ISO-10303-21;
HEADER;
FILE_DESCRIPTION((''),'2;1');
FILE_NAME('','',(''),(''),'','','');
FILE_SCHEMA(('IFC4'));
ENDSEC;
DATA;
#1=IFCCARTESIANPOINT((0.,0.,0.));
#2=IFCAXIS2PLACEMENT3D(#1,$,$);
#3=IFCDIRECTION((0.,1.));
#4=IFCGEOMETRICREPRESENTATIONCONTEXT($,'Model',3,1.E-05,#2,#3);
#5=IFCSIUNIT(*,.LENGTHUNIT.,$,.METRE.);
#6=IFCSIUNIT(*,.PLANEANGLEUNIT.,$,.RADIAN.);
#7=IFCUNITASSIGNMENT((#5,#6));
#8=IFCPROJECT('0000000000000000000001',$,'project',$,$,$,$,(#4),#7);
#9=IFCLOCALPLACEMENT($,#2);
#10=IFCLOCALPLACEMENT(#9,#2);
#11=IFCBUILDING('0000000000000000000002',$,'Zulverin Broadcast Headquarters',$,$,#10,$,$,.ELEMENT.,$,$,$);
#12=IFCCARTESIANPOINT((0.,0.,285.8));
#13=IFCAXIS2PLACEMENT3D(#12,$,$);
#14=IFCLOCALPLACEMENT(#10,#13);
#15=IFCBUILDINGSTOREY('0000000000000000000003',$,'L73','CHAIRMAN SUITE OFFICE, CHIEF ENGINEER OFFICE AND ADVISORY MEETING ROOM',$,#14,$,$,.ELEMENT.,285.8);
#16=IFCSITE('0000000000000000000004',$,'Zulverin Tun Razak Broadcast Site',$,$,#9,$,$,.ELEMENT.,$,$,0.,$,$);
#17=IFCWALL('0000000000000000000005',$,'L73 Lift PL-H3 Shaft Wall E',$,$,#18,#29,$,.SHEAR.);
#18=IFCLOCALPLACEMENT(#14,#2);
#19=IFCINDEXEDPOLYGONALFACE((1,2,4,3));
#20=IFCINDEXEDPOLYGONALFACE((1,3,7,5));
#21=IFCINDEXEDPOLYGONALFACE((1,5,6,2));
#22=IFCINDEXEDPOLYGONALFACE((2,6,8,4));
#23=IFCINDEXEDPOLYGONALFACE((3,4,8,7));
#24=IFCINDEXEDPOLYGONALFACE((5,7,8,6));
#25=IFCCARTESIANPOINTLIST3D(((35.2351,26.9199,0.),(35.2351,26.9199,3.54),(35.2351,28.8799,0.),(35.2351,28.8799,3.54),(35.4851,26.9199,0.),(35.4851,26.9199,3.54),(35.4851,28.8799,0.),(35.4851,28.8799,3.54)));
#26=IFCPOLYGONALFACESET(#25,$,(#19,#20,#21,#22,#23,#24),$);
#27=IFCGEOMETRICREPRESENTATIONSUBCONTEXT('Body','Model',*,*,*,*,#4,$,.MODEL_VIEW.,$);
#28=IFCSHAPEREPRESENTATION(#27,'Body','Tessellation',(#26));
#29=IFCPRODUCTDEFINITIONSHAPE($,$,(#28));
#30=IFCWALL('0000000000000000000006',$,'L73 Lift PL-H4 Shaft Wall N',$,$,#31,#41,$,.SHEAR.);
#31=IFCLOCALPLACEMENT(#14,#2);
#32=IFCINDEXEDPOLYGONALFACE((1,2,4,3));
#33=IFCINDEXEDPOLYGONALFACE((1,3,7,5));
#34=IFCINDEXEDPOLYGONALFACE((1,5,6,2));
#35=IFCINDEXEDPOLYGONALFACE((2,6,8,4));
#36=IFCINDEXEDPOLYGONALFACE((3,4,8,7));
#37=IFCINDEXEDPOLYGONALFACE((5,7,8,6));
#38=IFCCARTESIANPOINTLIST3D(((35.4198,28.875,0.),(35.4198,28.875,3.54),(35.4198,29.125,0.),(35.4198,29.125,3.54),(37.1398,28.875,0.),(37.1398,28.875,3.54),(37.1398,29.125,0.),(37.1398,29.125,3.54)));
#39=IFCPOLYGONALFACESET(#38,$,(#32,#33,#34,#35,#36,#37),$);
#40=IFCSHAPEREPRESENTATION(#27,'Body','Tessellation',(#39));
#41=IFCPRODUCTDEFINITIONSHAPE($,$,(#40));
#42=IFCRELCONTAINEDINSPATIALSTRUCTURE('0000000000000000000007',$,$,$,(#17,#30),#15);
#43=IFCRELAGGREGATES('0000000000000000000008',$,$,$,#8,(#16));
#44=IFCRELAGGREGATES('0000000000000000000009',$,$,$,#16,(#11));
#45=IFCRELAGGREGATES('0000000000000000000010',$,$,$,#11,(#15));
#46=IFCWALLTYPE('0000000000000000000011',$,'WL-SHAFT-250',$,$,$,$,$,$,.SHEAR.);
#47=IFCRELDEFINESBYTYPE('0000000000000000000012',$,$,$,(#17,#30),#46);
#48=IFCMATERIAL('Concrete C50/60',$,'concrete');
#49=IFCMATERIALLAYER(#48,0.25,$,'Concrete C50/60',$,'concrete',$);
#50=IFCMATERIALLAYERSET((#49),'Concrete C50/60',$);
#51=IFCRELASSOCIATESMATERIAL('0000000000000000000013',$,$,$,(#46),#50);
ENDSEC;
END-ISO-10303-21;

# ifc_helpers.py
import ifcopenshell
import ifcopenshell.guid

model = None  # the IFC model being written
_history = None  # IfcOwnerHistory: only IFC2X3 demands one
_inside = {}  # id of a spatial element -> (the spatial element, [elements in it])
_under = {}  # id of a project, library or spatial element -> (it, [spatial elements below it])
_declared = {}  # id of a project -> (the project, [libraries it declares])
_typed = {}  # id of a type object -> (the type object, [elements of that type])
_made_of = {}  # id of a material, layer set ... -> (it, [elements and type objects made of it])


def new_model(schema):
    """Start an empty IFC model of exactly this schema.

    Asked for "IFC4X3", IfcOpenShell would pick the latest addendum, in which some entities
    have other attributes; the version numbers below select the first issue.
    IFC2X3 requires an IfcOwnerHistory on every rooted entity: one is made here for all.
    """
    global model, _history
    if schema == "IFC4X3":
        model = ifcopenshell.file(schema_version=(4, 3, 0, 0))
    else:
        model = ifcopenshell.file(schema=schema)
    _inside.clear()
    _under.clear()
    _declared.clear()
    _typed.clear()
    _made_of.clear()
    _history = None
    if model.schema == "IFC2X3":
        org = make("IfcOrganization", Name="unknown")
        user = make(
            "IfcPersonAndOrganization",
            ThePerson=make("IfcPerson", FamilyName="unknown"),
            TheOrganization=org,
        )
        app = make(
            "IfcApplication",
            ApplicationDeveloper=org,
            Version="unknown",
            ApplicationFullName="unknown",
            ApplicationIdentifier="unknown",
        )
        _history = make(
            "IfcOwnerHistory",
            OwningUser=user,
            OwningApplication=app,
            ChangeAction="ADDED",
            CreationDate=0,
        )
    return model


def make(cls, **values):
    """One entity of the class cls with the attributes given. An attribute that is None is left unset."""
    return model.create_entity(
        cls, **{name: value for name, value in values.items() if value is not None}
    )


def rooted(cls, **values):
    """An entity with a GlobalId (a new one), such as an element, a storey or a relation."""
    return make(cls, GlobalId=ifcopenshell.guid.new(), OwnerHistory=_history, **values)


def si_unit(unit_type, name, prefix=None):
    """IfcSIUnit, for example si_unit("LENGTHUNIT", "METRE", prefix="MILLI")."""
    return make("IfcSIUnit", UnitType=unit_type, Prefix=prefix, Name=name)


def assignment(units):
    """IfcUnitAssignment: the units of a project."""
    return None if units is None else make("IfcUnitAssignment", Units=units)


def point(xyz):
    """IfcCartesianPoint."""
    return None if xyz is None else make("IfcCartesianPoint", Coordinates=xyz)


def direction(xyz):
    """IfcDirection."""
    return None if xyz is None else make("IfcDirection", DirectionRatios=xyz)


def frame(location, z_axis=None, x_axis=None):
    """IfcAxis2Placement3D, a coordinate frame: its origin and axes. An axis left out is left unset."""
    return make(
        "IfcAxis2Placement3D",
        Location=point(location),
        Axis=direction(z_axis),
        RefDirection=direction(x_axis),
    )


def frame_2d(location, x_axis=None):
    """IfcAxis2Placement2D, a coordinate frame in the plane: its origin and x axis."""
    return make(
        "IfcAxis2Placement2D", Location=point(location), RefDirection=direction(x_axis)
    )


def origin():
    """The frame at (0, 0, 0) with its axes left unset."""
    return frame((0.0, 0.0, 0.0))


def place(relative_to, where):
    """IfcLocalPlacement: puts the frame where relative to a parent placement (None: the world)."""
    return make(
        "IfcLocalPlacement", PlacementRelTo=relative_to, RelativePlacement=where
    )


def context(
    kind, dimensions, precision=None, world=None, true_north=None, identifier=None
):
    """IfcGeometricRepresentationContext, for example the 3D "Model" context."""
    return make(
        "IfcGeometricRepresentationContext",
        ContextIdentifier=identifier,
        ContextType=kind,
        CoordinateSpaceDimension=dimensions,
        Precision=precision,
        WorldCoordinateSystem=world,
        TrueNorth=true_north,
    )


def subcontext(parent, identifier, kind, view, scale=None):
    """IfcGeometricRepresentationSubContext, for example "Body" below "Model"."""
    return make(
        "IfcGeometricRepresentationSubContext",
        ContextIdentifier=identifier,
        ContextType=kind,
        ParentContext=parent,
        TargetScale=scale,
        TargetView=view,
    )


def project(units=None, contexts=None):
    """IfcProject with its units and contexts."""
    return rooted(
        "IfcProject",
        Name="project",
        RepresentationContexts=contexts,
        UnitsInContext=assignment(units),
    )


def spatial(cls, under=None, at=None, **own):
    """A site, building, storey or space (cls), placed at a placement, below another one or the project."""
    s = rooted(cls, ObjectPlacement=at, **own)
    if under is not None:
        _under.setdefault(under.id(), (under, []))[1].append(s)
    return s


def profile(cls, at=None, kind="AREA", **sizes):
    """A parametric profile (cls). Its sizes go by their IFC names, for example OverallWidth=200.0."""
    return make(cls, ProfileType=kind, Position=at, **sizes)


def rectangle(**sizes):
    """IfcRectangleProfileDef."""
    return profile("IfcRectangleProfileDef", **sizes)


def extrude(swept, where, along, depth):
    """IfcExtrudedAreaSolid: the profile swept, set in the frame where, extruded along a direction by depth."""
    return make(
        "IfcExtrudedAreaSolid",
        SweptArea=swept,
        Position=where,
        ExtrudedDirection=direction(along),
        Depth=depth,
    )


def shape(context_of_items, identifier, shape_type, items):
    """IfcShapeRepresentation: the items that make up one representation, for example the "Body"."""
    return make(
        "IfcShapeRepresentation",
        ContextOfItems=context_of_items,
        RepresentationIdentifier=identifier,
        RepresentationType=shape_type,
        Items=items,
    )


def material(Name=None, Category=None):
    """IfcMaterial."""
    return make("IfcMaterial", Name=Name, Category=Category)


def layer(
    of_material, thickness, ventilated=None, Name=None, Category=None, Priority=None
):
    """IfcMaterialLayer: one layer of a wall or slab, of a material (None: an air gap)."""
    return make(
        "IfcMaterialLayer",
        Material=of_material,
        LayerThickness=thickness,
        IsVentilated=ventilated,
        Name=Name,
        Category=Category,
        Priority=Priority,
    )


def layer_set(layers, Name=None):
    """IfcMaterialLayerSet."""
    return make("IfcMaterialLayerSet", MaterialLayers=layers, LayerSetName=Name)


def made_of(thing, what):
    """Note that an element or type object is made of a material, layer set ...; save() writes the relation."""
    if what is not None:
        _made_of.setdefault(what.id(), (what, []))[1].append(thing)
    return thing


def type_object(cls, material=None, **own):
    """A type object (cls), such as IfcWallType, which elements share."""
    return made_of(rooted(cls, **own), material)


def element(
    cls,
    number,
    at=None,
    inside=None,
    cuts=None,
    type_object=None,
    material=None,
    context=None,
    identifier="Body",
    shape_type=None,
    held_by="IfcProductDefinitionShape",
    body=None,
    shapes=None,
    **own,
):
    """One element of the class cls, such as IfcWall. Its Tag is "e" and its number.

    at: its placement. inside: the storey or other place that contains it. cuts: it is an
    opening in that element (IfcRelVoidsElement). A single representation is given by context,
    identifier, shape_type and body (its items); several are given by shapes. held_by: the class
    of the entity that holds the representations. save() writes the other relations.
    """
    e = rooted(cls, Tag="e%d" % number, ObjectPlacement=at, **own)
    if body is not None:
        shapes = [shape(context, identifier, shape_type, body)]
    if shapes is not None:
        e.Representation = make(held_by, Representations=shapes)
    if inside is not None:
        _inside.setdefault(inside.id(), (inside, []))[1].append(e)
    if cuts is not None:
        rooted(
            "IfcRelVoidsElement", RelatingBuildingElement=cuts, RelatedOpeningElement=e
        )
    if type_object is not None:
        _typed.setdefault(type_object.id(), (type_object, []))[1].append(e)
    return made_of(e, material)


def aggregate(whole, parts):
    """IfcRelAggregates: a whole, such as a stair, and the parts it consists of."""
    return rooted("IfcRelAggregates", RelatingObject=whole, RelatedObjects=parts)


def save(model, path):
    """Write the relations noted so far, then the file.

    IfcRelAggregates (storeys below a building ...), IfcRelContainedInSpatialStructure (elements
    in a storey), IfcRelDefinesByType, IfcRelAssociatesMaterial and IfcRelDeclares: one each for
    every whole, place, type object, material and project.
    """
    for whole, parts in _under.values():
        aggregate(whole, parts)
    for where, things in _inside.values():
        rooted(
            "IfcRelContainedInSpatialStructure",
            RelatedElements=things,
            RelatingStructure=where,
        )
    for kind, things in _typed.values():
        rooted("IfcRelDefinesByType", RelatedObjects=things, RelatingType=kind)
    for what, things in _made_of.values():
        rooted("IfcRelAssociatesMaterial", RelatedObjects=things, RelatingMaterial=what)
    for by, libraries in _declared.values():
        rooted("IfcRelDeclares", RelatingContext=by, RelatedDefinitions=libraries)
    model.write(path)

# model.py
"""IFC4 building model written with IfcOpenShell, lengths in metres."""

from ifc_helpers import new_model, si_unit, direction, frame, frame_2d, origin, place, context, subcontext, project, spatial, rectangle, extrude, material, layer, layer_set, type_object, element, save


model = new_model("IFC4")

# Units and contexts
model_context = context("Model", 3, precision=1e-05, world=origin(), true_north=direction((0.0, 1.0)))
body_context = subcontext(model_context, "Body", "Model", "MODEL_VIEW")
ifc_project = project(units=[si_unit("LENGTHUNIT", "METRE"), si_unit("PLANEANGLEUNIT", "RADIAN")], contexts=[model_context])

# Site, building, storey
site_placement = place(None, origin())
site = spatial("IfcSite", under=ifc_project, at=site_placement, Name="Zulverin Tun Razak Broadcast Site", CompositionType="ELEMENT", RefElevation=0.0)
building_placement = place(site_placement, origin())
building = spatial("IfcBuilding", under=site, at=building_placement, Name="Zulverin Broadcast Headquarters", CompositionType="ELEMENT")
storey_placement = place(building_placement, frame((0.0, 0.0, 285.8)))
storey = spatial("IfcBuildingStorey", under=building, at=storey_placement, Name="L73", Description="CHAIRMAN SUITE OFFICE, CHIEF ENGINEER OFFICE AND ADVISORY MEETING ROOM", CompositionType="ELEMENT", Elevation=285.8)

# Shared definitions
ifc_material_1 = material(Name="Concrete C50/60", Category="concrete")
ifc_layer_1 = layer(ifc_material_1, 0.25, Name="Concrete C50/60", Category="concrete")
ifc_layer_set_1 = layer_set([ifc_layer_1], Name="Concrete C50/60")
wall_type_1 = type_object("IfcWallType", Name="WL-SHAFT-250", PredefinedType="SHEAR", material=ifc_layer_set_1)

# Wall
wall_1_placement = place(storey_placement, frame((35.3601, 26.9199, 0.0), z_axis=(0.0, 0.0, 1.0), x_axis=(0.0, 1.0, 0.0)))
element("IfcWall", 1, at=wall_1_placement, inside=storey, type_object=wall_type_1, Name="L73 Lift PL-H3 Shaft Wall E", PredefinedType="SHEAR", context=body_context, shape_type="SweptSolid", body=[
    extrude(rectangle(XDim=1.96, YDim=0.25, at=frame_2d((0.98, 0.0))), origin(), (0.0, 0.0, 1.0), 3.54),
])

# Wall
wall_2_placement = place(storey_placement, frame((35.4199, 29.0, 0.0), z_axis=(0.0, 0.0, 1.0), x_axis=(1.0, 0.0, 0.0)))
element("IfcWall", 2, at=wall_2_placement, inside=storey, type_object=wall_type_1, Name="L73 Lift PL-H4 Shaft Wall N", PredefinedType="SHEAR", context=body_context, shape_type="SweptSolid", body=[
    extrude(rectangle(XDim=1.72, YDim=0.25, at=frame_2d((0.8599, 0.0))), origin(), (0.0, 0.0, 1.0), 3.54),
])

save(model, "model.ifc")
